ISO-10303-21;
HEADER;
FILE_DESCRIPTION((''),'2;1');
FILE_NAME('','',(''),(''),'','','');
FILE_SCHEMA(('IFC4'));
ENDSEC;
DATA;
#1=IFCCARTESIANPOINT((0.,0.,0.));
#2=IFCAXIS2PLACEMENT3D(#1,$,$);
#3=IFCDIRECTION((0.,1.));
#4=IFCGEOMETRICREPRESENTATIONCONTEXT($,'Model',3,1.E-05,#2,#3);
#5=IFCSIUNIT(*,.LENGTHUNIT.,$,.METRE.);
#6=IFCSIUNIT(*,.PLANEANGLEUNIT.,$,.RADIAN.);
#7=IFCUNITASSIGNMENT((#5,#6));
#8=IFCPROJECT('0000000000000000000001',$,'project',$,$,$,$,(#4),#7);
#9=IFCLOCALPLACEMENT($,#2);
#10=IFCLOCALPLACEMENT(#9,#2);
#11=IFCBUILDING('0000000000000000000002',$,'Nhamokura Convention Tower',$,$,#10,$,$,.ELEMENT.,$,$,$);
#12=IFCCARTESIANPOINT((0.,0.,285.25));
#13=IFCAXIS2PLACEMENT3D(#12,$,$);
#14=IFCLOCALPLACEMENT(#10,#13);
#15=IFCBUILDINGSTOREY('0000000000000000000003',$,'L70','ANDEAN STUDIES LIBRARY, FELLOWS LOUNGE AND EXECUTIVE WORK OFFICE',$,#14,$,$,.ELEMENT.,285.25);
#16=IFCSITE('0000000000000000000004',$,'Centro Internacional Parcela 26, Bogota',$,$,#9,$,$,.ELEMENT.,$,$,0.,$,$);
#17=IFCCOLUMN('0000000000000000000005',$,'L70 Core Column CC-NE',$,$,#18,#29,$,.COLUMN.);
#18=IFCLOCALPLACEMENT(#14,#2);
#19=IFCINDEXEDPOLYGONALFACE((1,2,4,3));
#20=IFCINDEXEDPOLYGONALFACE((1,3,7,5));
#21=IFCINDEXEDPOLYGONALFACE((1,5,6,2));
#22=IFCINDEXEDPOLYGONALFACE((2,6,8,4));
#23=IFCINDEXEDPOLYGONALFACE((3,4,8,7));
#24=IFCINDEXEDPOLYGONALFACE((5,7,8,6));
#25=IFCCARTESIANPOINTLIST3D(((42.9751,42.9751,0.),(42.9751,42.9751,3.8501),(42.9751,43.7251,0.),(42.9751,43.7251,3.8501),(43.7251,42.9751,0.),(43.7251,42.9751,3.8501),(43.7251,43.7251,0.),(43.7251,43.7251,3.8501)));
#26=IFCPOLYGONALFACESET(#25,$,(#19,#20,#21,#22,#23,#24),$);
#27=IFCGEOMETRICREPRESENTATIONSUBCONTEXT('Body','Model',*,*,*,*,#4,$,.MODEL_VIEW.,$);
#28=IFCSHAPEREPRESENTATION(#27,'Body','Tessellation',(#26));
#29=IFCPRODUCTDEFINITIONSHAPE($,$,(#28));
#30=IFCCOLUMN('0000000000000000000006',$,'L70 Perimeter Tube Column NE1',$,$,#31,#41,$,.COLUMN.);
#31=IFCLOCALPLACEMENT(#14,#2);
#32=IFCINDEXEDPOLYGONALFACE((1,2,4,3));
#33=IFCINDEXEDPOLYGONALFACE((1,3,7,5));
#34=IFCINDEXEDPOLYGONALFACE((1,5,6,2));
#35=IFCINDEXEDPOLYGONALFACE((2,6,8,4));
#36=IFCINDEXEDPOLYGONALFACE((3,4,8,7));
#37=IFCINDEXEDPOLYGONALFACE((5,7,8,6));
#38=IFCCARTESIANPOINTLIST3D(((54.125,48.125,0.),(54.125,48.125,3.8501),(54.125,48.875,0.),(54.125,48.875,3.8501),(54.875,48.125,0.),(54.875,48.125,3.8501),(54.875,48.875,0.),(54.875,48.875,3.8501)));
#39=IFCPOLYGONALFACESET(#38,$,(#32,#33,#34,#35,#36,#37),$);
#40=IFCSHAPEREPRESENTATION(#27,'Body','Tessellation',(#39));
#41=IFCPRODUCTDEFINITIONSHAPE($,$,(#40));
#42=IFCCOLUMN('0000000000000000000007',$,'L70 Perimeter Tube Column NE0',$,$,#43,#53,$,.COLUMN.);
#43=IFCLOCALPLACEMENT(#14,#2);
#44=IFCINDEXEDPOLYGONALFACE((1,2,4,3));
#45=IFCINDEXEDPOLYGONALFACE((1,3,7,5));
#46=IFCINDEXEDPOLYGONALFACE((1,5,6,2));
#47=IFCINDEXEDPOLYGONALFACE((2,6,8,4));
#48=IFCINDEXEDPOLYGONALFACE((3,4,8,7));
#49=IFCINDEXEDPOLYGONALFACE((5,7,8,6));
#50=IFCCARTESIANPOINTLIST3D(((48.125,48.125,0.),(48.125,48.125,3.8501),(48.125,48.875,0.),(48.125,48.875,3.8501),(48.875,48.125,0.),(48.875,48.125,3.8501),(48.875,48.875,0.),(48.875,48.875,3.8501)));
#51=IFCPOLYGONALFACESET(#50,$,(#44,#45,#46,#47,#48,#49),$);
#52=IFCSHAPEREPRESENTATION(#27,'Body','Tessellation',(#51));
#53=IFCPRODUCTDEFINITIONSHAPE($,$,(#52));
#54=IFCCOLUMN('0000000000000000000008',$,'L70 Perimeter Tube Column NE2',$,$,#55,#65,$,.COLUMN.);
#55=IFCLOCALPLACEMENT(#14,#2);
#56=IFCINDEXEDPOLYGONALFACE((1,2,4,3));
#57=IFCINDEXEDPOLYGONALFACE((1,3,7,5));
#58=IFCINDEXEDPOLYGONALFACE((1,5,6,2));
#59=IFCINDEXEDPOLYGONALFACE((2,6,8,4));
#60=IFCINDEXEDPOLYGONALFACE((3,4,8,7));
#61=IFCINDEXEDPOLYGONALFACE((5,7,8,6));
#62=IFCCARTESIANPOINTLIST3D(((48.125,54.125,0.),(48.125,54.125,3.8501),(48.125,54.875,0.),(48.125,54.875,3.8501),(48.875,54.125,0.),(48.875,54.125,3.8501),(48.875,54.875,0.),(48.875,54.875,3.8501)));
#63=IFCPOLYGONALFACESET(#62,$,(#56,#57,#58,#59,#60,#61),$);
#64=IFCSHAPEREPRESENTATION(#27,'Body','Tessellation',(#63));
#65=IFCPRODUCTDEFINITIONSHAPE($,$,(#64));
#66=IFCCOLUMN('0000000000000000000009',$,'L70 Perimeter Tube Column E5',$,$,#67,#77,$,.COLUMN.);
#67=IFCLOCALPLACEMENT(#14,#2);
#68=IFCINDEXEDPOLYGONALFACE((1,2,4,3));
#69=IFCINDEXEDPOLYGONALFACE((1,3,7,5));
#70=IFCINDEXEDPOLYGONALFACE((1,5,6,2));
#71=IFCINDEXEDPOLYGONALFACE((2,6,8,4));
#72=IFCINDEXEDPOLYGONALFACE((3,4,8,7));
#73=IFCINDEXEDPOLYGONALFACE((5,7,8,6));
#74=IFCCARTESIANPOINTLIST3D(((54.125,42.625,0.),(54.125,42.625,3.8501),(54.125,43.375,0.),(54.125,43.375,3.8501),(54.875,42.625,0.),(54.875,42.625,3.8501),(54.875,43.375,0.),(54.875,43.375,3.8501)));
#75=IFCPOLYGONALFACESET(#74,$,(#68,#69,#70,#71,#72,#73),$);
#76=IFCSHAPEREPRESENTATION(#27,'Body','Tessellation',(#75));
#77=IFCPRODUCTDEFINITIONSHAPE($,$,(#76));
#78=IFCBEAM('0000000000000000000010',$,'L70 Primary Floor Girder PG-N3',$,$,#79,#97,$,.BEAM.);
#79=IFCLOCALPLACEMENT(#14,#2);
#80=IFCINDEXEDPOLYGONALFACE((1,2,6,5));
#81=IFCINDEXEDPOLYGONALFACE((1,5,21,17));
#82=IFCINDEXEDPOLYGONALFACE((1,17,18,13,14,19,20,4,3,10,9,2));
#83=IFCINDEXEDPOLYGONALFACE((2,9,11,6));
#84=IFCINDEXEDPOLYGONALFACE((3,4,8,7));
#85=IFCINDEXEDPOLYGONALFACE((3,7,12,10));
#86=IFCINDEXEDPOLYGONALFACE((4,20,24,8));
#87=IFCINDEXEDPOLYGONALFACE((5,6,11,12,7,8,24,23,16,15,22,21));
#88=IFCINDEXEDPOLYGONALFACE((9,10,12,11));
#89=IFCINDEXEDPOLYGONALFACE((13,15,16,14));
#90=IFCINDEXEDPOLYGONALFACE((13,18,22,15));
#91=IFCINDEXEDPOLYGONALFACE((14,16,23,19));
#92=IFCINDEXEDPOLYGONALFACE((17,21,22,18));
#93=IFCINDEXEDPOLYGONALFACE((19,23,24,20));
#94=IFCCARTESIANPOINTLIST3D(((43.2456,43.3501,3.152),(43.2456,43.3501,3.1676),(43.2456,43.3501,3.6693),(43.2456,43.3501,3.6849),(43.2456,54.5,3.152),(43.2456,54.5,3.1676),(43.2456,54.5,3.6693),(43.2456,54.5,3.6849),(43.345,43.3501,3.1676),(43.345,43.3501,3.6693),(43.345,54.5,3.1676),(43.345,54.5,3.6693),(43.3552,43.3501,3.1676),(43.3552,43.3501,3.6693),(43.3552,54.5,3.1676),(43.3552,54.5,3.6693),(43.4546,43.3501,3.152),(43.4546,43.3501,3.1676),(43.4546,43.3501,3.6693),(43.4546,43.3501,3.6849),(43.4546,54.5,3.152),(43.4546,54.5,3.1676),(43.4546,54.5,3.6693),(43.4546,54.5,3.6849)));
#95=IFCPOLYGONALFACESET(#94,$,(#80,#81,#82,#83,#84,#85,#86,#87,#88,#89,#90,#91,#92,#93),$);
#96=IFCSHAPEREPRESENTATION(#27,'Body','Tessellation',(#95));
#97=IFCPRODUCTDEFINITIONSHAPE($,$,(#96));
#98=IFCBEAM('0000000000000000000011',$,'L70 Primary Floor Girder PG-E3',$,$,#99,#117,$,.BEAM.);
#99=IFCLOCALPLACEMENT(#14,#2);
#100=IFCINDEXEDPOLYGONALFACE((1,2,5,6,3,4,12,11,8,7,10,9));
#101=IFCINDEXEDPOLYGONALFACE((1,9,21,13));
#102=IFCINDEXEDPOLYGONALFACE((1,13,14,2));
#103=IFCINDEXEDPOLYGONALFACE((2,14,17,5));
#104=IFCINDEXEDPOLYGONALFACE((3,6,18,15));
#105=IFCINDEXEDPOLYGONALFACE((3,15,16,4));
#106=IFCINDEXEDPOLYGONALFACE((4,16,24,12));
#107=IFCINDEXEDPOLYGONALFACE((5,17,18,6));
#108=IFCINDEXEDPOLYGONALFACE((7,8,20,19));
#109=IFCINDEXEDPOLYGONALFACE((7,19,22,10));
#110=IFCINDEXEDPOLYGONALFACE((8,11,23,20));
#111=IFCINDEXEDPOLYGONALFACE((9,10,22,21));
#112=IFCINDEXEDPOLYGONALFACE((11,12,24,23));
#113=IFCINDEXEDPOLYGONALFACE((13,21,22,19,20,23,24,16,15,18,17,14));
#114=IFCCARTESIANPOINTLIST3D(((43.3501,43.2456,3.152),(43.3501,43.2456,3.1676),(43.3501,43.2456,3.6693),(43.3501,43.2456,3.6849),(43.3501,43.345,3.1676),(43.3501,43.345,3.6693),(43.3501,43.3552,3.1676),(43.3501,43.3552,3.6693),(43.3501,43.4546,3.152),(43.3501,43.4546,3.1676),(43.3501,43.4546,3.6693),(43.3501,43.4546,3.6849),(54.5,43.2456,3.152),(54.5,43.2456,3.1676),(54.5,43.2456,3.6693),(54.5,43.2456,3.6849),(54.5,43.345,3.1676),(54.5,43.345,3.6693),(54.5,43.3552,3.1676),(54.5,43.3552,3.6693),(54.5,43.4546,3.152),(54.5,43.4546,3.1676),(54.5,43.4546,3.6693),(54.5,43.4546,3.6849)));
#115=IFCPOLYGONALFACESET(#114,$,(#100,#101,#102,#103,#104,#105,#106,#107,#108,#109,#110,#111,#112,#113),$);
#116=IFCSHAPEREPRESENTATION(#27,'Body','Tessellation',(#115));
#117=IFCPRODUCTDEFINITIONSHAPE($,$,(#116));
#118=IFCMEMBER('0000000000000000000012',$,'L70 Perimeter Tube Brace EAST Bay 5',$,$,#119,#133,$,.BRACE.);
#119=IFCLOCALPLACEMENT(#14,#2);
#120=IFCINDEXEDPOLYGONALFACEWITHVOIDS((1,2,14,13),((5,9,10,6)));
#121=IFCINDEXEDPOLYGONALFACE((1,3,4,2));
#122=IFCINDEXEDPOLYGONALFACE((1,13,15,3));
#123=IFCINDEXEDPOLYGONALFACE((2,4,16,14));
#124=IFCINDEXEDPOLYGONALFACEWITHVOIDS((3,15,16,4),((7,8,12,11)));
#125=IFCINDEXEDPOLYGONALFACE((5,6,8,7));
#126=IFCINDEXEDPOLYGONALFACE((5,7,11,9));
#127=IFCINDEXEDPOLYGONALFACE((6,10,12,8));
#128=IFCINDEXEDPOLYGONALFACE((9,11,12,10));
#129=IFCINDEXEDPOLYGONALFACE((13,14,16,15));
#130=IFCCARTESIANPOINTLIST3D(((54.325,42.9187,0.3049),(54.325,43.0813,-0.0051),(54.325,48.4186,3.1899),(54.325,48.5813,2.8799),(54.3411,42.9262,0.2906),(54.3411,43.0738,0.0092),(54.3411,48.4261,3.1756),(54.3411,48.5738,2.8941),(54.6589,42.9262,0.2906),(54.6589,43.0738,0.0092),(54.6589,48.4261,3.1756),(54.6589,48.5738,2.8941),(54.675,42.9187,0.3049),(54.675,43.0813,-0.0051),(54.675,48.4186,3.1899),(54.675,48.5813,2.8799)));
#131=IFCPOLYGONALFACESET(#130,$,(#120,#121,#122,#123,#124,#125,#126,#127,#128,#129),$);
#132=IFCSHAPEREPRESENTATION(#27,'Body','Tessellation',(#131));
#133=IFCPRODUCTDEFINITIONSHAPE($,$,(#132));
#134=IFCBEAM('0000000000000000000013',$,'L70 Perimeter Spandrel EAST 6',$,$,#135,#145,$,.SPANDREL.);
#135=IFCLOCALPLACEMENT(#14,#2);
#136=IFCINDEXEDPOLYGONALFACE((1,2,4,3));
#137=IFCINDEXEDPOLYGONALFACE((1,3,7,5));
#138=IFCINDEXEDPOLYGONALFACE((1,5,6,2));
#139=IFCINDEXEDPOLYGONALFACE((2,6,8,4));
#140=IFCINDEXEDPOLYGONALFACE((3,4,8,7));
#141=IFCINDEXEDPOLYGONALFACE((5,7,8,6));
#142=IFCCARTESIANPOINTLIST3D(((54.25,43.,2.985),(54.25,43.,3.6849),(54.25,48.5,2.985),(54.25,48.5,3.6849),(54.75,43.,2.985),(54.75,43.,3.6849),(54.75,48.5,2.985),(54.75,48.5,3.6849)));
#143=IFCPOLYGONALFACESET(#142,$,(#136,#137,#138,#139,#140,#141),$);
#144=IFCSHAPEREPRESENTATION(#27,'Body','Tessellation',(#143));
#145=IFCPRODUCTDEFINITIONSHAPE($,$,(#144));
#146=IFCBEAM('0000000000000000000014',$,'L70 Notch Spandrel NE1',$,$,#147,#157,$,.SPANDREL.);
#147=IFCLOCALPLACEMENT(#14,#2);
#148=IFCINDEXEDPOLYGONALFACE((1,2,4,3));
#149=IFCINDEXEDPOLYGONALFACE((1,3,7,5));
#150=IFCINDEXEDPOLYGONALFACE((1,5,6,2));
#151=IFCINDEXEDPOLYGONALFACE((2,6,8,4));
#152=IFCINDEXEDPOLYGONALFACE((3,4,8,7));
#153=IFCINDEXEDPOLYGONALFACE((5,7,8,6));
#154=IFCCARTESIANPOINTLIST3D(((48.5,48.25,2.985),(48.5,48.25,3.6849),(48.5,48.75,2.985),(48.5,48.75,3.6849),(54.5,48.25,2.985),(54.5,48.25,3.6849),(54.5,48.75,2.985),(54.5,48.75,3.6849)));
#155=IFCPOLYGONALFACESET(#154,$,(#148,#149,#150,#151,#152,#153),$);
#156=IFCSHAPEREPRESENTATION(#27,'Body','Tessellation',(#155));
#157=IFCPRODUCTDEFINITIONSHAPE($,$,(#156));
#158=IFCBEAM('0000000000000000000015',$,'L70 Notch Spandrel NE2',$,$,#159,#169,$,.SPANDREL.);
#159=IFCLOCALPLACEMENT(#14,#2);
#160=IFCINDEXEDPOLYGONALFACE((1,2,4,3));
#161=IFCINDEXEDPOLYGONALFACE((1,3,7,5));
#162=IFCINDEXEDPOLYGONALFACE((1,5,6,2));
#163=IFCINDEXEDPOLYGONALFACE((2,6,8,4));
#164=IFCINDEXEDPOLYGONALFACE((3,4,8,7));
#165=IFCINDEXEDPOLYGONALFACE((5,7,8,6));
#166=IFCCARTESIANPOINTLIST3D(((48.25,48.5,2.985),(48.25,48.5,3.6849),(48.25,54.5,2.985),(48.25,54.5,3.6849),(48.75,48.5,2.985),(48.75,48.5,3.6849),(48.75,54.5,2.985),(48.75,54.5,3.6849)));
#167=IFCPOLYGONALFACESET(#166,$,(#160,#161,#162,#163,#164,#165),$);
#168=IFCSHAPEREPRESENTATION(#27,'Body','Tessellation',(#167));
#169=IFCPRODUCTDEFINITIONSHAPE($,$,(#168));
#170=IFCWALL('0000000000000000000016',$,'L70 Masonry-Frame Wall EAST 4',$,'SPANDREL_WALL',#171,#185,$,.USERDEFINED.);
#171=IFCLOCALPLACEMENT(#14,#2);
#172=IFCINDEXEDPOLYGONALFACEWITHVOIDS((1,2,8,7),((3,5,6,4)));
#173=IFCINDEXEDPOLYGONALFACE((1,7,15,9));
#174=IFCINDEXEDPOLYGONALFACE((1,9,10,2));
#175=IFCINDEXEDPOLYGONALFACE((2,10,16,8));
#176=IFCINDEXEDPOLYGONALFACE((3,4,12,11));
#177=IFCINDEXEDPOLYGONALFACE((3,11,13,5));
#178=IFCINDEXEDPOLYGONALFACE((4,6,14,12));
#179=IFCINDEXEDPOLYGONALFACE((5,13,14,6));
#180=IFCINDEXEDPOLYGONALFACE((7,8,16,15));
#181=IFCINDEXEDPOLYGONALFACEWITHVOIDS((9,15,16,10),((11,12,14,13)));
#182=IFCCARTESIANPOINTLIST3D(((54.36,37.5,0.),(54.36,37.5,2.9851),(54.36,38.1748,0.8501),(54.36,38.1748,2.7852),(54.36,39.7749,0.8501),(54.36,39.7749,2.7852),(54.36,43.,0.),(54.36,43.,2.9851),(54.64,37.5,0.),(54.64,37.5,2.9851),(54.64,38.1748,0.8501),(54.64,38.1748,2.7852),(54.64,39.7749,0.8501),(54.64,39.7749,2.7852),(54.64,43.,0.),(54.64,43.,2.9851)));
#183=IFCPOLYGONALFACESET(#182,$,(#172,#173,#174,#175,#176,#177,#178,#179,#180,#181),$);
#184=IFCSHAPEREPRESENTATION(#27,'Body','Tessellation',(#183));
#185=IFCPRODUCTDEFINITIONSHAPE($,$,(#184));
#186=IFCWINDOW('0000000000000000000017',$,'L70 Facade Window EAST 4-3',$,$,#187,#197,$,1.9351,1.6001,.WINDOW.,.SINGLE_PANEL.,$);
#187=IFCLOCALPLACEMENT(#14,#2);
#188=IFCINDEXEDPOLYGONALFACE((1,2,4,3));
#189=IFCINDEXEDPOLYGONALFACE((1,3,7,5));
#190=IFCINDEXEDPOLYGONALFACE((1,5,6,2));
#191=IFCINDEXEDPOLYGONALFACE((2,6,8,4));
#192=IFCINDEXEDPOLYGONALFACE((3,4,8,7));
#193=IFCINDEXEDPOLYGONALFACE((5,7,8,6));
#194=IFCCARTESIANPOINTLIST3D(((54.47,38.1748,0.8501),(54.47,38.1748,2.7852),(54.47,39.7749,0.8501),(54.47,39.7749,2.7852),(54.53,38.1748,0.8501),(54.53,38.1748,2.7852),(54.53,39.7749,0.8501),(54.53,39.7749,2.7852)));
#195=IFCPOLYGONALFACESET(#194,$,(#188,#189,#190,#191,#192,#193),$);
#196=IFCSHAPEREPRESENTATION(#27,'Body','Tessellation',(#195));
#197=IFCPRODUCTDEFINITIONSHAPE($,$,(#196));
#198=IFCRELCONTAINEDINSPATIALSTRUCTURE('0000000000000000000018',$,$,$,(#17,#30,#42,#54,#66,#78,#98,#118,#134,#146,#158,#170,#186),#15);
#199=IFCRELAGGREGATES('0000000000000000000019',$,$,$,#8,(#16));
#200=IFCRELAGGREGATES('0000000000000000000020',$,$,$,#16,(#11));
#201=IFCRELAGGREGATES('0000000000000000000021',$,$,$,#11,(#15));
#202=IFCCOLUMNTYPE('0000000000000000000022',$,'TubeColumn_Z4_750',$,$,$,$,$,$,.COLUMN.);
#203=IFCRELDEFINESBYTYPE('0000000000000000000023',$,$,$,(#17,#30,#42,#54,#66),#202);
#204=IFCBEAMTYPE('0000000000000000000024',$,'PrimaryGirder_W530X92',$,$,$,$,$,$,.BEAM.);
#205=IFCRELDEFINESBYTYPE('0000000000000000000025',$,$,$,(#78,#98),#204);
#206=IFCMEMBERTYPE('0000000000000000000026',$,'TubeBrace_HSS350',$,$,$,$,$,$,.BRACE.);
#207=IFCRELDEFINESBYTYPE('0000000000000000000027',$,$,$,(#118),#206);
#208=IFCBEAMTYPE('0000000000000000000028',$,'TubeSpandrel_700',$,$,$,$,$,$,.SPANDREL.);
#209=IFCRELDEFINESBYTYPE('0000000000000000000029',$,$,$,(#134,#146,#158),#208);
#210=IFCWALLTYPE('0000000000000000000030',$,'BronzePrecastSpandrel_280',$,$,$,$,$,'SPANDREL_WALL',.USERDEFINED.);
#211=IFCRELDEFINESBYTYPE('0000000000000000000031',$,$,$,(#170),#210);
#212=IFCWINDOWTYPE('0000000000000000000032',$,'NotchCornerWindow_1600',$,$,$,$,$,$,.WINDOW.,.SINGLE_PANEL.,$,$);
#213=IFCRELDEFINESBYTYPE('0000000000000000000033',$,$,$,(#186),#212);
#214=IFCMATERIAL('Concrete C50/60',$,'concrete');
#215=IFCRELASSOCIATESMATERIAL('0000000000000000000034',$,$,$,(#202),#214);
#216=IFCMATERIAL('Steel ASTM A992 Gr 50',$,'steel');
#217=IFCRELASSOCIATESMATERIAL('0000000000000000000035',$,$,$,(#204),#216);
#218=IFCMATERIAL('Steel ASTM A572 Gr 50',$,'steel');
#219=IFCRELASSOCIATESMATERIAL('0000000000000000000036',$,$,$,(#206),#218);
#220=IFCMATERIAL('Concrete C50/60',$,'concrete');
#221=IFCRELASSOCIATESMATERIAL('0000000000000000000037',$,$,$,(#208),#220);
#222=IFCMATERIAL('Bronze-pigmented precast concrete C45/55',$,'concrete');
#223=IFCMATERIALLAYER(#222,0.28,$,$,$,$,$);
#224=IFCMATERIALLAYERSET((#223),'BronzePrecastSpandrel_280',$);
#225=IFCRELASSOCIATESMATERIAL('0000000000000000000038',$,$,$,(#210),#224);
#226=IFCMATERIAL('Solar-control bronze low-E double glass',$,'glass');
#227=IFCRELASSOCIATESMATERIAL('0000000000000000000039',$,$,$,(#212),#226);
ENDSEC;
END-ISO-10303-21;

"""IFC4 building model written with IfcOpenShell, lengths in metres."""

from ifc_helpers import new_model, si_unit, direction, frame, frame_2d, origin, origin_2d, place, context, subcontext, project, spatial, rectangle, hollow_rectangle, i_section, extrude, material, layer, layer_set, material_profile, profile_set, type_object, element, fill, save


model = new_model("IFC4")

# Units and contexts
model_context = context("Model", 3, precision=1e-05, world=origin(), true_north=direction((0.0, 1.0)))
body_context = subcontext(model_context, "Body", "Model", "MODEL_VIEW")
ifc_project = project(units=[si_unit("LENGTHUNIT", "METRE"), si_unit("PLANEANGLEUNIT", "RADIAN")], contexts=[model_context])

# Site, building, storey
site_placement = place(None, origin())
site = spatial("IfcSite", under=ifc_project, at=site_placement, Name="Centro Internacional Parcela 26, Bogota", CompositionType="ELEMENT", RefElevation=0.0)
building_placement = place(site_placement, origin())
building = spatial("IfcBuilding", under=site, at=building_placement, Name="Nhamokura Convention Tower", CompositionType="ELEMENT")
storey_placement = place(building_placement, frame((0.0, 0.0, 285.25)))
storey = spatial("IfcBuildingStorey", under=building, at=storey_placement, Name="L70", Description="ANDEAN STUDIES LIBRARY, FELLOWS LOUNGE AND EXECUTIVE WORK OFFICE", CompositionType="ELEMENT", Elevation=285.25)

# Columns
ifc_material_1 = material(Name="Concrete C50/60", Category="concrete")
ifc_material_profile_1 = material_profile(ifc_material_1, rectangle(XDim=0.75, YDim=0.75, at=origin_2d()))
ifc_profile_set_1 = profile_set([ifc_material_profile_1], Name="Concrete C50/60")
column_type = type_object("IfcColumnType", Name="TubeColumn_Z4_750", PredefinedType="COLUMN", material=ifc_profile_set_1)
for number, where, z_axis, x_axis, name in (
    (1, (43.3501, 43.3501, 0.0), (0.0, 0.0, 1.0), (1.0, 0.0, 0.0), "L70 Core Column CC-NE"),
    (2, (54.5, 48.5, 0.0), (0.0, 0.0, 1.0), (1.0, 0.0, 0.0), "L70 Perimeter Tube Column NE1"),
    (3, (48.5, 48.5, 0.0), (0.0, 0.0, 1.0), (1.0, 0.0, 0.0), "L70 Perimeter Tube Column NE0"),
    (4, (48.5, 54.5, 0.0), (0.0, 0.0, 1.0), (1.0, 0.0, 0.0), "L70 Perimeter Tube Column NE2"),
    (5, (54.5, 43.0, 0.0), (0.0, 0.0, 1.0), (1.0, 0.0, 0.0), "L70 Perimeter Tube Column E5"),
):
    element("IfcColumn", number, at=place(storey_placement, frame(where, z_axis=z_axis, x_axis=x_axis)), inside=storey, type_object=column_type, Name=name, PredefinedType="COLUMN", context=body_context, shape_type="SweptSolid", body=[
        extrude(rectangle(XDim=0.75, YDim=0.75, at=origin_2d()), origin(), (0.0, 0.0, 1.0), 3.8501),
    ])

# Beams
ifc_material_2 = material(Name="Steel ASTM A992 Gr 50", Category="steel")
ifc_material_profile_2 = material_profile(ifc_material_2, i_section(OverallWidth=0.209, OverallDepth=0.533, WebThickness=0.0103, FlangeThickness=0.0156, at=origin_2d()))
ifc_profile_set_2 = profile_set([ifc_material_profile_2], Name="Steel ASTM A992 Gr 50")
beam_type_1 = type_object("IfcBeamType", Name="PrimaryGirder_W530X92", PredefinedType="BEAM", material=ifc_profile_set_2)
for number, where, z_axis, x_axis, name in (
    (6, (43.3501, 43.3501, 3.4185), (0.0, 1.0, 0.0), (-1.0, 0.0, 0.0), "L70 Primary Floor Girder PG-N3"),
    (7, (43.3501, 43.3501, 3.4185), (1.0, 0.0, 0.0), (0.0, 1.0, 0.0), "L70 Primary Floor Girder PG-E3"),
):
    element("IfcBeam", number, at=place(storey_placement, frame(where, z_axis=z_axis, x_axis=x_axis)), inside=storey, type_object=beam_type_1, Name=name, PredefinedType="BEAM", context=body_context, shape_type="SweptSolid", body=[
        extrude(i_section(OverallWidth=0.209, OverallDepth=0.533, WebThickness=0.0103, FlangeThickness=0.0156, at=origin_2d()), origin(), (0.0, 0.0, 1.0), 11.1499),
    ])

# Member
ifc_material_3 = material(Name="Steel ASTM A572 Gr 50", Category="steel")
ifc_material_profile_3 = material_profile(ifc_material_3, hollow_rectangle(XDim=0.3501, YDim=0.3501, WallThickness=0.0161, at=origin_2d()))
ifc_profile_set_3 = profile_set([ifc_material_profile_3], Name="Steel ASTM A572 Gr 50")
member_type = type_object("IfcMemberType", Name="TubeBrace_HSS350", PredefinedType="BRACE", material=ifc_profile_set_3)
member_placement = place(storey_placement, frame((54.5, 43.0, 0.1499), z_axis=(0.0, 0.885563, 0.46452), x_axis=(-1.0, 0.0, 0.0)))
element("IfcMember", 8, at=member_placement, inside=storey, type_object=member_type, Name="L70 Perimeter Tube Brace EAST Bay 5", PredefinedType="BRACE", context=body_context, shape_type="SweptSolid", body=[
    extrude(hollow_rectangle(XDim=0.3501, YDim=0.3501, WallThickness=0.0161, at=origin_2d()), origin(), (0.0, 0.0, 1.0), 6.2107),
])

# Beams
ifc_material_4 = material(Name="Concrete C50/60", Category="concrete")
ifc_material_profile_4 = material_profile(ifc_material_4, rectangle(XDim=0.5, YDim=0.7, at=origin_2d()))
ifc_profile_set_4 = profile_set([ifc_material_profile_4], Name="Concrete C50/60")
beam_type_2 = type_object("IfcBeamType", Name="TubeSpandrel_700", PredefinedType="SPANDREL", material=ifc_profile_set_4)
beam_placement = place(storey_placement, frame((54.5, 43.0, 3.335), z_axis=(0.0, 1.0, 0.0), x_axis=(-1.0, 0.0, 0.0)))
element("IfcBeam", 9, at=beam_placement, inside=storey, type_object=beam_type_2, Name="L70 Perimeter Spandrel EAST 6", PredefinedType="SPANDREL", context=body_context, shape_type="SweptSolid", body=[
    extrude(rectangle(XDim=0.5, YDim=0.7, at=origin_2d()), origin(), (0.0, 0.0, 1.0), 5.5),
])
for number, where, z_axis, x_axis, name in (
    (10, (54.5, 48.5, 3.335), (-1.0, 0.0, 0.0), (0.0, -1.0, 0.0), "L70 Notch Spandrel NE1"),
    (11, (48.5, 48.5, 3.335), (0.0, 1.0, 0.0), (-1.0, 0.0, 0.0), "L70 Notch Spandrel NE2"),
):
    element("IfcBeam", number, at=place(storey_placement, frame(where, z_axis=z_axis, x_axis=x_axis)), inside=storey, type_object=beam_type_2, Name=name, PredefinedType="SPANDREL", context=body_context, shape_type="SweptSolid", body=[
        extrude(rectangle(XDim=0.5, YDim=0.7, at=origin_2d()), origin(), (0.0, 0.0, 1.0), 6.0),
    ])

# Wall, opening, window
ifc_material_5 = material(Name="Bronze-pigmented precast concrete C45/55", Category="concrete")
ifc_layer_1 = layer(ifc_material_5, 0.28)
ifc_layer_set_1 = layer_set([ifc_layer_1], Name="BronzePrecastSpandrel_280")
wall_type_1 = type_object("IfcWallType", Name="BronzePrecastSpandrel_280", ElementType="SPANDREL_WALL", PredefinedType="USERDEFINED", material=ifc_layer_set_1)
wall_1_placement = place(storey_placement, frame((54.5, 43.0, 0.0), z_axis=(0.0, 0.0, 1.0), x_axis=(0.0, -1.0, 0.0)))
wall_1 = element("IfcWall", 12, at=wall_1_placement, inside=storey, type_object=wall_type_1, Name="L70 Masonry-Frame Wall EAST 4", ObjectType="SPANDREL_WALL", PredefinedType="USERDEFINED", context=body_context, shape_type="SweptSolid", body=[
    extrude(rectangle(XDim=5.5, YDim=0.28, at=frame_2d((2.75, 0.0))), origin(), (0.0, 0.0, 1.0), 2.9851),
])
opening_placement = place(wall_1_placement, frame((3.2251, 0.0, 0.8501)))
opening = element("IfcOpeningElement", 13, at=opening_placement, cuts=wall_1, PredefinedType="OPENING", context=body_context, shape_type="SweptSolid", body=[
    extrude(rectangle(XDim=1.6001, YDim=1.9351, at=frame_2d((0.8, 0.9675))), frame((0.0, 0.1499, 0.0), z_axis=(0.0, -1.0, 0.0), x_axis=(1.0, 0.0, 0.0)), (0.0, 0.0, 1.0), 0.3),
])
ifc_material_6 = material(Name="Solar-control bronze low-E double glass", Category="glass")
window_type = type_object("IfcWindowType", Name="NotchCornerWindow_1600", PartitioningType="SINGLE_PANEL", PredefinedType="WINDOW", material=ifc_material_6)
window_placement = place(opening_placement, origin())
window = element("IfcWindow", 14, at=window_placement, inside=storey, type_object=window_type, Name="L70 Facade Window EAST 4-3", OverallHeight=1.9351, OverallWidth=1.6001, PartitioningType="SINGLE_PANEL", PredefinedType="WINDOW", context=body_context, shape_type="SweptSolid", body=[
    extrude(rectangle(XDim=1.6001, YDim=1.9351, at=frame_2d((0.8, 0.9675))), frame((0.0, 0.03, 0.0), z_axis=(0.0, -1.0, 0.0), x_axis=(1.0, 0.0, 0.0)), (0.0, 0.0, 1.0), 0.0601),
])
fill(opening, window)

save(model, "model.ifc")
